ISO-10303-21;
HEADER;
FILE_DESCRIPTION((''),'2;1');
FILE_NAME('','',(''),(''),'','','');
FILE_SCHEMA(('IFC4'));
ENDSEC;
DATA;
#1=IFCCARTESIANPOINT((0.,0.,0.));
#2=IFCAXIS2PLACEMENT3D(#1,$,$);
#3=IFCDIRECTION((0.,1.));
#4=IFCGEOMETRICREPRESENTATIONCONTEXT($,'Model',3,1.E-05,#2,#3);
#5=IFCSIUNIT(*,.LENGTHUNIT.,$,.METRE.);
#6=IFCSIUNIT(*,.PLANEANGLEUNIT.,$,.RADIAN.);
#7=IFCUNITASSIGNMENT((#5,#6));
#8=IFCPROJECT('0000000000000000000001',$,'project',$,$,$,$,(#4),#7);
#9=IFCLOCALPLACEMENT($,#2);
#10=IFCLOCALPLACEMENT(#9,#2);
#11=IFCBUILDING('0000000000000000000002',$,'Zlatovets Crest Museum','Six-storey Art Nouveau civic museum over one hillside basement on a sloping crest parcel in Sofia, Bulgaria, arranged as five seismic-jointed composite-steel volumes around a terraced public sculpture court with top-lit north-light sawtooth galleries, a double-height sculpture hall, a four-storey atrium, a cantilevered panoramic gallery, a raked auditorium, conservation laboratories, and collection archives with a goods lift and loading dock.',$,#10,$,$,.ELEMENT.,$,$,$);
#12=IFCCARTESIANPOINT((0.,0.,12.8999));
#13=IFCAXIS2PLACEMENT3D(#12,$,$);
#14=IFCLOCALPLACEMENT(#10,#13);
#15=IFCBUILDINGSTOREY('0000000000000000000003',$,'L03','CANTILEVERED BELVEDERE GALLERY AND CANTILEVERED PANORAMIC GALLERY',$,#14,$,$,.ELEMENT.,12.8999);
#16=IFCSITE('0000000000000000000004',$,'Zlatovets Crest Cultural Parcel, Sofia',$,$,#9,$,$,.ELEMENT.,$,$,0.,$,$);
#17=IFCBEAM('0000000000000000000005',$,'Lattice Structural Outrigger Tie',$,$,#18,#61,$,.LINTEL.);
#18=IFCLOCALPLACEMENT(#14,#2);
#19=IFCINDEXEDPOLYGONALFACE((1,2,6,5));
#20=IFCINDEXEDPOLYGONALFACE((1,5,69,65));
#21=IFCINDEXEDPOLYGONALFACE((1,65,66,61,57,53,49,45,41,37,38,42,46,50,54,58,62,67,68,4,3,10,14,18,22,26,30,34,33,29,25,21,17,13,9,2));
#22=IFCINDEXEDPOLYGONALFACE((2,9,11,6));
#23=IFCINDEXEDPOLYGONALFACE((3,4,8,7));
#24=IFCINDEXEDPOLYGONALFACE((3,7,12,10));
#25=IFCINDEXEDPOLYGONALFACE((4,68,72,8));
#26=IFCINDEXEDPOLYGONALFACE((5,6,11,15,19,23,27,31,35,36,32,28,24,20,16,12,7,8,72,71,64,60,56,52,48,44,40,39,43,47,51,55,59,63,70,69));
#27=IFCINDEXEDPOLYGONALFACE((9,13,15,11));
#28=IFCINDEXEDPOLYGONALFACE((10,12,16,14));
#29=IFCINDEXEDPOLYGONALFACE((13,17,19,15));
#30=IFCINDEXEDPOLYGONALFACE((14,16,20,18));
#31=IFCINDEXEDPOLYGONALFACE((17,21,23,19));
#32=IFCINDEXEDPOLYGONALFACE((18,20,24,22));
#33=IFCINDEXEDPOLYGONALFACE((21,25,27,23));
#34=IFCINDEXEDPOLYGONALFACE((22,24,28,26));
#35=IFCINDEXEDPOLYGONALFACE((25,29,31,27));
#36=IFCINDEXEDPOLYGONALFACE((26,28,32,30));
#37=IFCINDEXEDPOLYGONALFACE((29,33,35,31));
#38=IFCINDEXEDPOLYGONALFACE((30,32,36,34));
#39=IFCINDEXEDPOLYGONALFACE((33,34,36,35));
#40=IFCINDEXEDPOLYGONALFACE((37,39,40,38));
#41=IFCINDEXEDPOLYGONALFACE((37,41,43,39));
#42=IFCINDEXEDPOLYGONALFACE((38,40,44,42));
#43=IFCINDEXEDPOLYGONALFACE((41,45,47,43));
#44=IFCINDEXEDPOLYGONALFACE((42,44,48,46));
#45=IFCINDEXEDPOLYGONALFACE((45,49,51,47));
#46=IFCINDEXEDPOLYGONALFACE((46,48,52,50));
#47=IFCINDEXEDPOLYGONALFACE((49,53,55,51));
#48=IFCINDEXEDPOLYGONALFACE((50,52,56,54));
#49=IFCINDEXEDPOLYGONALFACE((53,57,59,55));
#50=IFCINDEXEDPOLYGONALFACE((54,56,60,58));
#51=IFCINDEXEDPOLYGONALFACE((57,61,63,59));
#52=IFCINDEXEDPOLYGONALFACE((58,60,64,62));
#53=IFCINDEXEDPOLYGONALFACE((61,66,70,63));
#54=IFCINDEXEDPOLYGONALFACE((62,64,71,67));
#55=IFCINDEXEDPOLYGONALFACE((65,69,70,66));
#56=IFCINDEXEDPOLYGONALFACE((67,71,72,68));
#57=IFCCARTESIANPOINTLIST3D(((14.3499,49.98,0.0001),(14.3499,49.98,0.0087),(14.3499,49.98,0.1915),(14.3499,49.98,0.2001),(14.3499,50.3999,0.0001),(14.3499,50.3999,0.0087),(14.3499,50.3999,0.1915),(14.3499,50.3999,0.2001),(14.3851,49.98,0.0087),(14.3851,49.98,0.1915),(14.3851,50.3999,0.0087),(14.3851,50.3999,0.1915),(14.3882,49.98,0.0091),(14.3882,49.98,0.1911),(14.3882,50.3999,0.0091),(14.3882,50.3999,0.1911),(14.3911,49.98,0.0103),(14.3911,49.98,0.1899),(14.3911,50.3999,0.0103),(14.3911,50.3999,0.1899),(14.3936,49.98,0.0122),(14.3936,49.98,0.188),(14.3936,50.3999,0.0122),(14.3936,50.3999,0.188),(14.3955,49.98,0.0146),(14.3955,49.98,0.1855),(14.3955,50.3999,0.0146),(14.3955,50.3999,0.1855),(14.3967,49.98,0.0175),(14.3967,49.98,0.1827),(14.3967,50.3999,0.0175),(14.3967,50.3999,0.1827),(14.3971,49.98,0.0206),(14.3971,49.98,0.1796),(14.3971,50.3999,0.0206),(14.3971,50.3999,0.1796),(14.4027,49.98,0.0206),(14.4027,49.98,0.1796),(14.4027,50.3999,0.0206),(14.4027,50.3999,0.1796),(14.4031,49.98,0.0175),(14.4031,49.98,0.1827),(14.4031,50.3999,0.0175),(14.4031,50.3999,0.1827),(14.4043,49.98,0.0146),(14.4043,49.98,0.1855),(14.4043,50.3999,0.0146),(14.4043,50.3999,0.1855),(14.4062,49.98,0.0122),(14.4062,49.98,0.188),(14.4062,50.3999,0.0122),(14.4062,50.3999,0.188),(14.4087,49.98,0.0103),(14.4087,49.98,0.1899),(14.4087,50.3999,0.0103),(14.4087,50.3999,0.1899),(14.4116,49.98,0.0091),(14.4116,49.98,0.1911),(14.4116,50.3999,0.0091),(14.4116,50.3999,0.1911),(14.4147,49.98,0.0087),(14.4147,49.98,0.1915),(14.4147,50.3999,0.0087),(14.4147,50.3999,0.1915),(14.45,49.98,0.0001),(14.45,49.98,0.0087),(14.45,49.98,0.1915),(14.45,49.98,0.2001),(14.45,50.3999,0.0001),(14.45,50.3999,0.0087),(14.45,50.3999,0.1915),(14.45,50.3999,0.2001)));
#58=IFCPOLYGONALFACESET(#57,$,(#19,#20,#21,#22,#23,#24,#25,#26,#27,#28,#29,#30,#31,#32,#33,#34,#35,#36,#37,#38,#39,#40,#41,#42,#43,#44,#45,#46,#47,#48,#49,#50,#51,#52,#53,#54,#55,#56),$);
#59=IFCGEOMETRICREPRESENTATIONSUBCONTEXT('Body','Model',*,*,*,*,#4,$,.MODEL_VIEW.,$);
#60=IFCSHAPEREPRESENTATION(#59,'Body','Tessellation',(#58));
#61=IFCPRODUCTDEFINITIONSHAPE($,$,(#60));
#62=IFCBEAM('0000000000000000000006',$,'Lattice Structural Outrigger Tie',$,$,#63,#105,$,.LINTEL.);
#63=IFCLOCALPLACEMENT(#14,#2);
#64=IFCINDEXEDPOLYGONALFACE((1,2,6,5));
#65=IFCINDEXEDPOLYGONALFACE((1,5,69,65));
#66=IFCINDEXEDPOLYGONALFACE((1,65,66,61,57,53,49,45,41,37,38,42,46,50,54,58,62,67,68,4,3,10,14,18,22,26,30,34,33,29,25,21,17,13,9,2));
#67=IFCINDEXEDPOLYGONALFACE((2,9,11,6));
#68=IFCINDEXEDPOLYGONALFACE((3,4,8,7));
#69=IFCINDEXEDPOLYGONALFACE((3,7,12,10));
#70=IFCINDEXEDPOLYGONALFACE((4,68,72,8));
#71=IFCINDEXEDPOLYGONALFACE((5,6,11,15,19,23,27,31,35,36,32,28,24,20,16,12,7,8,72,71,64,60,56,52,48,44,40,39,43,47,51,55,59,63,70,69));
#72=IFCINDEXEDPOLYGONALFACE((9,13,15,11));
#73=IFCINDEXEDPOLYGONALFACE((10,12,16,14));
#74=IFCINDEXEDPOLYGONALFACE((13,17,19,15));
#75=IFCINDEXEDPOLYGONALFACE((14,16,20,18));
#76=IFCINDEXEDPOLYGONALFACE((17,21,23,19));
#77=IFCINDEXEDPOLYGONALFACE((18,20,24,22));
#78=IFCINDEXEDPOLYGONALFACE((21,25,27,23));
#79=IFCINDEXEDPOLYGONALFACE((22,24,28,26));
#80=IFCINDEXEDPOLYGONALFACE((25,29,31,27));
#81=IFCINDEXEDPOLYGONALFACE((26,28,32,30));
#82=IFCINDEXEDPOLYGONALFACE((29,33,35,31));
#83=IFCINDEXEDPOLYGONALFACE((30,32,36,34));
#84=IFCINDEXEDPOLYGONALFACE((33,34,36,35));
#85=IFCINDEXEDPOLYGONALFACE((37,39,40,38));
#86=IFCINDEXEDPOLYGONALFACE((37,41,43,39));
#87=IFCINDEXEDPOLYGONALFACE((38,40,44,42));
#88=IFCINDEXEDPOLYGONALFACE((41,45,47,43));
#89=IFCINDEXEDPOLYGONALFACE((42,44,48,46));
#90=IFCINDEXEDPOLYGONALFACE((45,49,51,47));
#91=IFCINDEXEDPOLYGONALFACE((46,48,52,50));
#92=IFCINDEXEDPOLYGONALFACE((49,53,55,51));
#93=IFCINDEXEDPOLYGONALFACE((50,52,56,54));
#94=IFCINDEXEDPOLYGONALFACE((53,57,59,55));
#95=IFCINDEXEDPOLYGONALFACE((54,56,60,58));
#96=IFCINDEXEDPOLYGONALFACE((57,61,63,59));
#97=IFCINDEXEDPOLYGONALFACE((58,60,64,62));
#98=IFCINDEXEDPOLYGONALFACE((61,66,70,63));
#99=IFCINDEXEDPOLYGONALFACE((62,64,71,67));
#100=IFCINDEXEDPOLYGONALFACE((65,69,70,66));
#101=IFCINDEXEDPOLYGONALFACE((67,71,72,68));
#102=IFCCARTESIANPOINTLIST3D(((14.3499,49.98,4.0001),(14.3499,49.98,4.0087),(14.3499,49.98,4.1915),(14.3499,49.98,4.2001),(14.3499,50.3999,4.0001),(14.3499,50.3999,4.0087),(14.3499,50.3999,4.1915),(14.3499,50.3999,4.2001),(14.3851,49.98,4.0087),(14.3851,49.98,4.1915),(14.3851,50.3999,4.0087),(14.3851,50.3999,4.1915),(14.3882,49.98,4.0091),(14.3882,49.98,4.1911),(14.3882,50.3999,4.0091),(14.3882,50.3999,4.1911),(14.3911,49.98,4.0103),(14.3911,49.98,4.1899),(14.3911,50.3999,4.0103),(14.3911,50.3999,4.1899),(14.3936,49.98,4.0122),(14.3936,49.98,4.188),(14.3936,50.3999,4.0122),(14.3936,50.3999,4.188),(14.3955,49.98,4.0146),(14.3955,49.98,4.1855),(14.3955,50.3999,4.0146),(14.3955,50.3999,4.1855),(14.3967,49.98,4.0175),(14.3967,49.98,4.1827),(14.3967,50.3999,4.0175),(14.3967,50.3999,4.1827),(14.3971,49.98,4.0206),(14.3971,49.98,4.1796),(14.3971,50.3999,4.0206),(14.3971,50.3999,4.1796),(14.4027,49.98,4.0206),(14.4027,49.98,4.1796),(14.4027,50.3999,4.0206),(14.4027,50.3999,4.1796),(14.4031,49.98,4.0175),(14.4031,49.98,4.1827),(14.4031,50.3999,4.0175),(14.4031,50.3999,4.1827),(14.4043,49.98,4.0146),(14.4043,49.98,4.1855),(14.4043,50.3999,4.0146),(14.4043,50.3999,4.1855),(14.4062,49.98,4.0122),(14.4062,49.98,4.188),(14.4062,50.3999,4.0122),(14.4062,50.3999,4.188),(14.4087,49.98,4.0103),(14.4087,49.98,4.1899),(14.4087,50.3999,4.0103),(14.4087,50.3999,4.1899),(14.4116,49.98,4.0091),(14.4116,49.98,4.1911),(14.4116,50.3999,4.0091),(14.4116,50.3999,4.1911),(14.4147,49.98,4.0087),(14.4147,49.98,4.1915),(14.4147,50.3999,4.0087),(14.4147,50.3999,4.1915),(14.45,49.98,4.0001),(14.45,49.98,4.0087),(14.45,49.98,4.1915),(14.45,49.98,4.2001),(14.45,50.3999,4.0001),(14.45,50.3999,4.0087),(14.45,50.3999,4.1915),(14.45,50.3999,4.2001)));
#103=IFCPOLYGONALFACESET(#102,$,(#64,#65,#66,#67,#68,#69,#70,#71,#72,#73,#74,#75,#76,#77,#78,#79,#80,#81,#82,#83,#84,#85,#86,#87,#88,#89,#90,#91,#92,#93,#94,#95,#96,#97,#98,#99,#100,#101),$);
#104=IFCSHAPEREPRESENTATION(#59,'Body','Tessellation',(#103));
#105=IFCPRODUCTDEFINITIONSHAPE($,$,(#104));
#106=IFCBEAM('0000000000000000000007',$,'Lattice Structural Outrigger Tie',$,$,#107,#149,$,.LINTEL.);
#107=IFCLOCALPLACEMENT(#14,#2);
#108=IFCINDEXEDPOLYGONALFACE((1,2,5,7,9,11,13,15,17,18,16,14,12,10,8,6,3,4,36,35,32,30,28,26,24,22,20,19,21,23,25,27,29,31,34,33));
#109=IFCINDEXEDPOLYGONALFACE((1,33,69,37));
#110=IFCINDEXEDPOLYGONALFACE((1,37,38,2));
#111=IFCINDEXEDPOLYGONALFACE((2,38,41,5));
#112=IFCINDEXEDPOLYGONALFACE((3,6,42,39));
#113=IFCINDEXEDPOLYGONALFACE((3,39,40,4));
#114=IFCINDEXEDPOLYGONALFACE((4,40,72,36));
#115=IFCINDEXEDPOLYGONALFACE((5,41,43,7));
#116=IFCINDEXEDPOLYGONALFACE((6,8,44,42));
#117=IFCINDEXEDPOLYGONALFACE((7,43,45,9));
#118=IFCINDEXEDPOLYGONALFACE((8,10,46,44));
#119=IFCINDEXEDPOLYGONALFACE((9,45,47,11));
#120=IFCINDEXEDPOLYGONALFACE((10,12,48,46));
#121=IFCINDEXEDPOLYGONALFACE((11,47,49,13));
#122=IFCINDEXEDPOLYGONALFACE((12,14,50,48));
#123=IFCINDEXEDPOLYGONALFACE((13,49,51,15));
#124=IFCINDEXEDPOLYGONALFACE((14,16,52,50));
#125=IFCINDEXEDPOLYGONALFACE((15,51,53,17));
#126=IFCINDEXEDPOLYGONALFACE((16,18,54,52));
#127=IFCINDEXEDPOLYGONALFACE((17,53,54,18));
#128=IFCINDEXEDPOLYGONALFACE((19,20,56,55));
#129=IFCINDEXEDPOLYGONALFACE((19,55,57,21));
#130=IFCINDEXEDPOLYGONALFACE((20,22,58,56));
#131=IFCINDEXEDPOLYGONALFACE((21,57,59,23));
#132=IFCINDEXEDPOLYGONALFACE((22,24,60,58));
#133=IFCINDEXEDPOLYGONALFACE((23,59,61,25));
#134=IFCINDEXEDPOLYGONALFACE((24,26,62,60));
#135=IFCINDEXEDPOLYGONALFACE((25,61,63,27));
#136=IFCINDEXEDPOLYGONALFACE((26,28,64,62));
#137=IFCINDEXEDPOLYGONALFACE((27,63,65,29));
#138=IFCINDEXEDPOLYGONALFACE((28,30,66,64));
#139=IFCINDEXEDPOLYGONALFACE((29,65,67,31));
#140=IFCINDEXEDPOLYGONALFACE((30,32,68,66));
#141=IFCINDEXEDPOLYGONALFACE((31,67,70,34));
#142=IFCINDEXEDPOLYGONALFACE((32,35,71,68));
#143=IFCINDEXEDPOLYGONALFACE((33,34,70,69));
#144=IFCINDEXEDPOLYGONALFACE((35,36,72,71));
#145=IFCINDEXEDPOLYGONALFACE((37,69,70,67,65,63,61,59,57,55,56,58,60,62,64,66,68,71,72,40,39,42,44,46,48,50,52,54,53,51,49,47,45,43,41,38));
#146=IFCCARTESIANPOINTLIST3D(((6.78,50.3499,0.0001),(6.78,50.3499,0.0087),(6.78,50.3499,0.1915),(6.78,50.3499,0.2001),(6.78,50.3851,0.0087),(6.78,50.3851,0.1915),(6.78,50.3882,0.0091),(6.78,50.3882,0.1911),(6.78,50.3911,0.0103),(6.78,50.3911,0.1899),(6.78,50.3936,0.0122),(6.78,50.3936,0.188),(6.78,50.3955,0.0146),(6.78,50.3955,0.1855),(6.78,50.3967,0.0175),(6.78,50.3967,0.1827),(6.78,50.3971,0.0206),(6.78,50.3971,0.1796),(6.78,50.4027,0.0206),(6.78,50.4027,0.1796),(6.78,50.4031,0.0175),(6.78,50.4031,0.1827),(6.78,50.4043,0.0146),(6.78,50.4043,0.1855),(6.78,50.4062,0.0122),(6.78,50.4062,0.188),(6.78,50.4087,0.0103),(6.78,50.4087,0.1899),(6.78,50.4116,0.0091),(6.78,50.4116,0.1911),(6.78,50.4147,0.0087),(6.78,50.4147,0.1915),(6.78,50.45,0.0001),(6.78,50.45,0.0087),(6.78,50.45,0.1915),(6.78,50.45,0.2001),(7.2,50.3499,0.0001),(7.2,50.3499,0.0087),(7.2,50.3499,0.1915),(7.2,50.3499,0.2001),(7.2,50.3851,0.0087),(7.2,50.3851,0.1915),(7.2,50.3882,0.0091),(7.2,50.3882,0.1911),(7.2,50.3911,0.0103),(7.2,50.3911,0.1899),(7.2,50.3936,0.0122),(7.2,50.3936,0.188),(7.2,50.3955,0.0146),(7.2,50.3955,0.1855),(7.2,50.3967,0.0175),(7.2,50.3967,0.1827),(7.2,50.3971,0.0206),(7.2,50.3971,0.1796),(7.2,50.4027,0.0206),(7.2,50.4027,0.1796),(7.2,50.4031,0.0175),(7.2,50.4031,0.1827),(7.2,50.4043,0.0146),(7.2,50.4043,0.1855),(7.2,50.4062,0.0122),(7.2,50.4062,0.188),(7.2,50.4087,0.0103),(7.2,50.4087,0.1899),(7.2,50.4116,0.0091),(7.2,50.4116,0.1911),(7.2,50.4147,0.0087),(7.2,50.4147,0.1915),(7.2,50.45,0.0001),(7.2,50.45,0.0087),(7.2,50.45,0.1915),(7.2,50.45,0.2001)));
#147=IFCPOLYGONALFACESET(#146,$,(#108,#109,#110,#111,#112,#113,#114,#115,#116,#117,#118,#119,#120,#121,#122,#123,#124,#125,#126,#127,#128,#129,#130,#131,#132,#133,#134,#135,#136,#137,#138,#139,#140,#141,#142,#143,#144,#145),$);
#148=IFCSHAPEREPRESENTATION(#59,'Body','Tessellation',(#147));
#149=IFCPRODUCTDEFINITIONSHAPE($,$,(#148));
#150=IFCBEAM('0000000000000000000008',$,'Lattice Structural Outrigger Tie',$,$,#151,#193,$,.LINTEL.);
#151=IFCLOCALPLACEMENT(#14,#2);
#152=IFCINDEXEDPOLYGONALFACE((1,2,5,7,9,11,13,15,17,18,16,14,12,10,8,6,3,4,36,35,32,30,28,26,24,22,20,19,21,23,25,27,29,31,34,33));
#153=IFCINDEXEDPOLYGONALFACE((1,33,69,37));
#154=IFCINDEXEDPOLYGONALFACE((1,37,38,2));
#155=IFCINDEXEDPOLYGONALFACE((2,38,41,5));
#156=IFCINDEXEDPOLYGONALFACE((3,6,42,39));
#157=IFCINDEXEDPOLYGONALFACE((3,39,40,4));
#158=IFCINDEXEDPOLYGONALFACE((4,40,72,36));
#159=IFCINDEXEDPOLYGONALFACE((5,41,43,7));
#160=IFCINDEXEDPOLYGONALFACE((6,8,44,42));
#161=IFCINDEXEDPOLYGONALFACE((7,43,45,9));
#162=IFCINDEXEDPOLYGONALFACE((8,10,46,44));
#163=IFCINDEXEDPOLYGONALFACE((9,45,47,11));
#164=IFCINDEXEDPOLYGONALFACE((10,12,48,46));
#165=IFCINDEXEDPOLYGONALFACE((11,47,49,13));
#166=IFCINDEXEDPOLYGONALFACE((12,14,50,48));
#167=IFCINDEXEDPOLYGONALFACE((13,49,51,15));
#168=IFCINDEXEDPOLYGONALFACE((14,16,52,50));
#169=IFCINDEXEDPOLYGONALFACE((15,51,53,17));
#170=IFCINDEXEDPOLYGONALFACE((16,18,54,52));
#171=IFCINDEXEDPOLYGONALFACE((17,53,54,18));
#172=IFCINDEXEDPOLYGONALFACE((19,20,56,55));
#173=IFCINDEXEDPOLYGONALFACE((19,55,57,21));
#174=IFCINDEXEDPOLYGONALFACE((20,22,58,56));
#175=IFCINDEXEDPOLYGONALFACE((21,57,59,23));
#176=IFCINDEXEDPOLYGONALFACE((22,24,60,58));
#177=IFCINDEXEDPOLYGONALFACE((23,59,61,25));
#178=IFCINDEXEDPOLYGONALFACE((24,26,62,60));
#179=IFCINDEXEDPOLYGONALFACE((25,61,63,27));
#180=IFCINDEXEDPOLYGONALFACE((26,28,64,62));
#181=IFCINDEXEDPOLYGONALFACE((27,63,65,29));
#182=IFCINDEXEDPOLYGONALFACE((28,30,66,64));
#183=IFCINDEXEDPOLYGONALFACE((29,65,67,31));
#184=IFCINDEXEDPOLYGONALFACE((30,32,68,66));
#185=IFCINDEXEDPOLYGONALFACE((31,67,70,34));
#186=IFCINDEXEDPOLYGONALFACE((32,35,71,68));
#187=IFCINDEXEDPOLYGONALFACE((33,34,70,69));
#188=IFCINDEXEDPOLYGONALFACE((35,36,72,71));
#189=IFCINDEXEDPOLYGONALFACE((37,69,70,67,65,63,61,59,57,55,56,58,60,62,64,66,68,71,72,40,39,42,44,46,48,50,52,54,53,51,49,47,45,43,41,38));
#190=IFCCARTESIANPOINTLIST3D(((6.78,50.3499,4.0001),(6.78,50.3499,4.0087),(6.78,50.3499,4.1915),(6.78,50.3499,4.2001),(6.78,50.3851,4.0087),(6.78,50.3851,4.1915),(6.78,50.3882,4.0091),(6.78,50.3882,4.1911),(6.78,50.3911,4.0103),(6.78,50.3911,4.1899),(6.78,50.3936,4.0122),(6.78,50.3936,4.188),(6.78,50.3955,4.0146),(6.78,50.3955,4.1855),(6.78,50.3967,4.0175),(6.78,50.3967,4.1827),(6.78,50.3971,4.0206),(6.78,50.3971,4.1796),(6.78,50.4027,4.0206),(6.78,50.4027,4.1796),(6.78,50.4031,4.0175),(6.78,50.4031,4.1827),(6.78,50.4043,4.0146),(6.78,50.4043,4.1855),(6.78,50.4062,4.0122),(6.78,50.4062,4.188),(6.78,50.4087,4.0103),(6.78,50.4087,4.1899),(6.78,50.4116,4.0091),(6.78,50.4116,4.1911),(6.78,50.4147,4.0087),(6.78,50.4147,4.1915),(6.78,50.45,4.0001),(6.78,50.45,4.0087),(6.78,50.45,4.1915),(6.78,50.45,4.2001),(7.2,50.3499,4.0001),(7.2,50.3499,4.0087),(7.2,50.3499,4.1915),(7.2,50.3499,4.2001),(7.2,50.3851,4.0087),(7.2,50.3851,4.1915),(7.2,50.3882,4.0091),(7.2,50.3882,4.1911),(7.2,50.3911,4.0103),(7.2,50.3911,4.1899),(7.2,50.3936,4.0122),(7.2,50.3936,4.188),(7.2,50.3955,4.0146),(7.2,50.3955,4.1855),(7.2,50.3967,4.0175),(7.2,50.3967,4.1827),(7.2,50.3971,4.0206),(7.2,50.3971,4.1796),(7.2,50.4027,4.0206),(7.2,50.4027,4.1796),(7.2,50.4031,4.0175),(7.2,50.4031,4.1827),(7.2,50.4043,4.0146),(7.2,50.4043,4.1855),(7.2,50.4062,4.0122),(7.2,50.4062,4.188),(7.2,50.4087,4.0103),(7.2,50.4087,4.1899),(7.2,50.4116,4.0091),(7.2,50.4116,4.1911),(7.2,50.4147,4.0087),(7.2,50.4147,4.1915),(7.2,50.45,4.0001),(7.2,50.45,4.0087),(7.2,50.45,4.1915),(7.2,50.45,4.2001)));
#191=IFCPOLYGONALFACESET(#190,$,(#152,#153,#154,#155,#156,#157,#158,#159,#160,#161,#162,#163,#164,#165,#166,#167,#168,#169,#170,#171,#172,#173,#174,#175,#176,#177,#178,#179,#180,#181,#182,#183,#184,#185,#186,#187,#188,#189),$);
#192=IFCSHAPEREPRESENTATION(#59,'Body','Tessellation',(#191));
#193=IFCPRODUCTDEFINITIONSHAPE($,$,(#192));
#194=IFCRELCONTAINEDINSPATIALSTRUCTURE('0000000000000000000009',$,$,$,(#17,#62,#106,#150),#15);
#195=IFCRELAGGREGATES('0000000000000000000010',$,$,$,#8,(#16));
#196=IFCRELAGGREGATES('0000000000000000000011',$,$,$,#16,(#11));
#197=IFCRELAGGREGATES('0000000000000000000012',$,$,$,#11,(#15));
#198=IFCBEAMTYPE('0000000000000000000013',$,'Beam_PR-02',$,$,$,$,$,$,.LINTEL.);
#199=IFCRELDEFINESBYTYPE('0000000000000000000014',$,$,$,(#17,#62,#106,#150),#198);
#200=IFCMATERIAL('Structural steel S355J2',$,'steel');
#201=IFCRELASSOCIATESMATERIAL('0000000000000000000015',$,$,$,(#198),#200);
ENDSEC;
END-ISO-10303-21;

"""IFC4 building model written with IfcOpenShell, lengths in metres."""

from ifc_helpers import new_model, si_unit, direction, frame, origin, origin_2d, place, context, subcontext, project, spatial, i_section, extrude, material, material_profile, profile_set, type_object, element, save


model = new_model("IFC4")

# Units and contexts
model_context = context("Model", 3, precision=1e-05, world=origin(), true_north=direction((0.0, 1.0)))
body_context = subcontext(model_context, "Body", "Model", "MODEL_VIEW")
ifc_project = project(units=[si_unit("LENGTHUNIT", "METRE"), si_unit("PLANEANGLEUNIT", "RADIAN")], contexts=[model_context])

# Site, building, storey
site_placement = place(None, origin())
site = spatial("IfcSite", under=ifc_project, at=site_placement, Name="Zlatovets Crest Cultural Parcel, Sofia", CompositionType="ELEMENT", RefElevation=0.0)
building_placement = place(site_placement, origin())
building = spatial("IfcBuilding", under=site, at=building_placement, Name="Zlatovets Crest Museum", Description="Six-storey Art Nouveau civic museum over one hillside basement on a sloping crest parcel in Sofia, Bulgaria, arranged as five seismic-jointed composite-steel volumes around a terraced public sculpture court with top-lit north-light sawtooth galleries, a double-height sculpture hall, a four-storey atrium, a cantilevered panoramic gallery, a raked auditorium, conservation laboratories, and collection archives with a goods lift and loading dock.", CompositionType="ELEMENT")
storey_placement = place(building_placement, frame((0.0, 0.0, 12.8999)))
storey = spatial("IfcBuildingStorey", under=building, at=storey_placement, Name="L03", Description="CANTILEVERED BELVEDERE GALLERY AND CANTILEVERED PANORAMIC GALLERY", CompositionType="ELEMENT", Elevation=12.8999)

# Shared definitions
ifc_material_1 = material(Name="Structural steel S355J2", Category="steel")

# Beams
ifc_material_profile_1 = material_profile(ifc_material_1, i_section(OverallWidth=0.1001, OverallDepth=0.2, WebThickness=0.0056, FlangeThickness=0.0085, FilletRadius=0.012, at=origin_2d()), Name="IPE 200")
ifc_profile_set_1 = profile_set([ifc_material_profile_1], Name="Structural steel S355J2")
beam_type_1 = type_object("IfcBeamType", Name="Beam_PR-02", PredefinedType="LINTEL", material=ifc_profile_set_1)
for number, where, z_axis, x_axis, name in (
    (1, (14.3999, 50.3999, 0.1001), (0.0, -1.0, 0.0), (1.0, 0.0, 0.0), "Lattice Structural Outrigger Tie"),
    (2, (14.3999, 50.3999, 4.1001), (0.0, -1.0, 0.0), (1.0, 0.0, 0.0), "Lattice Structural Outrigger Tie"),
    (3, (7.2, 50.3999, 0.1001), (-1.0, 0.0, 0.0), (0.0, -1.0, 0.0), "Lattice Structural Outrigger Tie"),
    (4, (7.2, 50.3999, 4.1001), (-1.0, 0.0, 0.0), (0.0, -1.0, 0.0), "Lattice Structural Outrigger Tie"),
):
    element("IfcBeam", number, at=place(storey_placement, frame(where, z_axis=z_axis, x_axis=x_axis)), inside=storey, type_object=beam_type_1, Name=name, PredefinedType="LINTEL", context=body_context, shape_type="SweptSolid", body=[
        extrude(i_section(OverallWidth=0.1001, OverallDepth=0.2, WebThickness=0.0056, FlangeThickness=0.0085, FilletRadius=0.012, at=origin_2d()), origin(), (0.0, 0.0, 1.0), 0.4199),
    ])

save(model, "model.ifc")
